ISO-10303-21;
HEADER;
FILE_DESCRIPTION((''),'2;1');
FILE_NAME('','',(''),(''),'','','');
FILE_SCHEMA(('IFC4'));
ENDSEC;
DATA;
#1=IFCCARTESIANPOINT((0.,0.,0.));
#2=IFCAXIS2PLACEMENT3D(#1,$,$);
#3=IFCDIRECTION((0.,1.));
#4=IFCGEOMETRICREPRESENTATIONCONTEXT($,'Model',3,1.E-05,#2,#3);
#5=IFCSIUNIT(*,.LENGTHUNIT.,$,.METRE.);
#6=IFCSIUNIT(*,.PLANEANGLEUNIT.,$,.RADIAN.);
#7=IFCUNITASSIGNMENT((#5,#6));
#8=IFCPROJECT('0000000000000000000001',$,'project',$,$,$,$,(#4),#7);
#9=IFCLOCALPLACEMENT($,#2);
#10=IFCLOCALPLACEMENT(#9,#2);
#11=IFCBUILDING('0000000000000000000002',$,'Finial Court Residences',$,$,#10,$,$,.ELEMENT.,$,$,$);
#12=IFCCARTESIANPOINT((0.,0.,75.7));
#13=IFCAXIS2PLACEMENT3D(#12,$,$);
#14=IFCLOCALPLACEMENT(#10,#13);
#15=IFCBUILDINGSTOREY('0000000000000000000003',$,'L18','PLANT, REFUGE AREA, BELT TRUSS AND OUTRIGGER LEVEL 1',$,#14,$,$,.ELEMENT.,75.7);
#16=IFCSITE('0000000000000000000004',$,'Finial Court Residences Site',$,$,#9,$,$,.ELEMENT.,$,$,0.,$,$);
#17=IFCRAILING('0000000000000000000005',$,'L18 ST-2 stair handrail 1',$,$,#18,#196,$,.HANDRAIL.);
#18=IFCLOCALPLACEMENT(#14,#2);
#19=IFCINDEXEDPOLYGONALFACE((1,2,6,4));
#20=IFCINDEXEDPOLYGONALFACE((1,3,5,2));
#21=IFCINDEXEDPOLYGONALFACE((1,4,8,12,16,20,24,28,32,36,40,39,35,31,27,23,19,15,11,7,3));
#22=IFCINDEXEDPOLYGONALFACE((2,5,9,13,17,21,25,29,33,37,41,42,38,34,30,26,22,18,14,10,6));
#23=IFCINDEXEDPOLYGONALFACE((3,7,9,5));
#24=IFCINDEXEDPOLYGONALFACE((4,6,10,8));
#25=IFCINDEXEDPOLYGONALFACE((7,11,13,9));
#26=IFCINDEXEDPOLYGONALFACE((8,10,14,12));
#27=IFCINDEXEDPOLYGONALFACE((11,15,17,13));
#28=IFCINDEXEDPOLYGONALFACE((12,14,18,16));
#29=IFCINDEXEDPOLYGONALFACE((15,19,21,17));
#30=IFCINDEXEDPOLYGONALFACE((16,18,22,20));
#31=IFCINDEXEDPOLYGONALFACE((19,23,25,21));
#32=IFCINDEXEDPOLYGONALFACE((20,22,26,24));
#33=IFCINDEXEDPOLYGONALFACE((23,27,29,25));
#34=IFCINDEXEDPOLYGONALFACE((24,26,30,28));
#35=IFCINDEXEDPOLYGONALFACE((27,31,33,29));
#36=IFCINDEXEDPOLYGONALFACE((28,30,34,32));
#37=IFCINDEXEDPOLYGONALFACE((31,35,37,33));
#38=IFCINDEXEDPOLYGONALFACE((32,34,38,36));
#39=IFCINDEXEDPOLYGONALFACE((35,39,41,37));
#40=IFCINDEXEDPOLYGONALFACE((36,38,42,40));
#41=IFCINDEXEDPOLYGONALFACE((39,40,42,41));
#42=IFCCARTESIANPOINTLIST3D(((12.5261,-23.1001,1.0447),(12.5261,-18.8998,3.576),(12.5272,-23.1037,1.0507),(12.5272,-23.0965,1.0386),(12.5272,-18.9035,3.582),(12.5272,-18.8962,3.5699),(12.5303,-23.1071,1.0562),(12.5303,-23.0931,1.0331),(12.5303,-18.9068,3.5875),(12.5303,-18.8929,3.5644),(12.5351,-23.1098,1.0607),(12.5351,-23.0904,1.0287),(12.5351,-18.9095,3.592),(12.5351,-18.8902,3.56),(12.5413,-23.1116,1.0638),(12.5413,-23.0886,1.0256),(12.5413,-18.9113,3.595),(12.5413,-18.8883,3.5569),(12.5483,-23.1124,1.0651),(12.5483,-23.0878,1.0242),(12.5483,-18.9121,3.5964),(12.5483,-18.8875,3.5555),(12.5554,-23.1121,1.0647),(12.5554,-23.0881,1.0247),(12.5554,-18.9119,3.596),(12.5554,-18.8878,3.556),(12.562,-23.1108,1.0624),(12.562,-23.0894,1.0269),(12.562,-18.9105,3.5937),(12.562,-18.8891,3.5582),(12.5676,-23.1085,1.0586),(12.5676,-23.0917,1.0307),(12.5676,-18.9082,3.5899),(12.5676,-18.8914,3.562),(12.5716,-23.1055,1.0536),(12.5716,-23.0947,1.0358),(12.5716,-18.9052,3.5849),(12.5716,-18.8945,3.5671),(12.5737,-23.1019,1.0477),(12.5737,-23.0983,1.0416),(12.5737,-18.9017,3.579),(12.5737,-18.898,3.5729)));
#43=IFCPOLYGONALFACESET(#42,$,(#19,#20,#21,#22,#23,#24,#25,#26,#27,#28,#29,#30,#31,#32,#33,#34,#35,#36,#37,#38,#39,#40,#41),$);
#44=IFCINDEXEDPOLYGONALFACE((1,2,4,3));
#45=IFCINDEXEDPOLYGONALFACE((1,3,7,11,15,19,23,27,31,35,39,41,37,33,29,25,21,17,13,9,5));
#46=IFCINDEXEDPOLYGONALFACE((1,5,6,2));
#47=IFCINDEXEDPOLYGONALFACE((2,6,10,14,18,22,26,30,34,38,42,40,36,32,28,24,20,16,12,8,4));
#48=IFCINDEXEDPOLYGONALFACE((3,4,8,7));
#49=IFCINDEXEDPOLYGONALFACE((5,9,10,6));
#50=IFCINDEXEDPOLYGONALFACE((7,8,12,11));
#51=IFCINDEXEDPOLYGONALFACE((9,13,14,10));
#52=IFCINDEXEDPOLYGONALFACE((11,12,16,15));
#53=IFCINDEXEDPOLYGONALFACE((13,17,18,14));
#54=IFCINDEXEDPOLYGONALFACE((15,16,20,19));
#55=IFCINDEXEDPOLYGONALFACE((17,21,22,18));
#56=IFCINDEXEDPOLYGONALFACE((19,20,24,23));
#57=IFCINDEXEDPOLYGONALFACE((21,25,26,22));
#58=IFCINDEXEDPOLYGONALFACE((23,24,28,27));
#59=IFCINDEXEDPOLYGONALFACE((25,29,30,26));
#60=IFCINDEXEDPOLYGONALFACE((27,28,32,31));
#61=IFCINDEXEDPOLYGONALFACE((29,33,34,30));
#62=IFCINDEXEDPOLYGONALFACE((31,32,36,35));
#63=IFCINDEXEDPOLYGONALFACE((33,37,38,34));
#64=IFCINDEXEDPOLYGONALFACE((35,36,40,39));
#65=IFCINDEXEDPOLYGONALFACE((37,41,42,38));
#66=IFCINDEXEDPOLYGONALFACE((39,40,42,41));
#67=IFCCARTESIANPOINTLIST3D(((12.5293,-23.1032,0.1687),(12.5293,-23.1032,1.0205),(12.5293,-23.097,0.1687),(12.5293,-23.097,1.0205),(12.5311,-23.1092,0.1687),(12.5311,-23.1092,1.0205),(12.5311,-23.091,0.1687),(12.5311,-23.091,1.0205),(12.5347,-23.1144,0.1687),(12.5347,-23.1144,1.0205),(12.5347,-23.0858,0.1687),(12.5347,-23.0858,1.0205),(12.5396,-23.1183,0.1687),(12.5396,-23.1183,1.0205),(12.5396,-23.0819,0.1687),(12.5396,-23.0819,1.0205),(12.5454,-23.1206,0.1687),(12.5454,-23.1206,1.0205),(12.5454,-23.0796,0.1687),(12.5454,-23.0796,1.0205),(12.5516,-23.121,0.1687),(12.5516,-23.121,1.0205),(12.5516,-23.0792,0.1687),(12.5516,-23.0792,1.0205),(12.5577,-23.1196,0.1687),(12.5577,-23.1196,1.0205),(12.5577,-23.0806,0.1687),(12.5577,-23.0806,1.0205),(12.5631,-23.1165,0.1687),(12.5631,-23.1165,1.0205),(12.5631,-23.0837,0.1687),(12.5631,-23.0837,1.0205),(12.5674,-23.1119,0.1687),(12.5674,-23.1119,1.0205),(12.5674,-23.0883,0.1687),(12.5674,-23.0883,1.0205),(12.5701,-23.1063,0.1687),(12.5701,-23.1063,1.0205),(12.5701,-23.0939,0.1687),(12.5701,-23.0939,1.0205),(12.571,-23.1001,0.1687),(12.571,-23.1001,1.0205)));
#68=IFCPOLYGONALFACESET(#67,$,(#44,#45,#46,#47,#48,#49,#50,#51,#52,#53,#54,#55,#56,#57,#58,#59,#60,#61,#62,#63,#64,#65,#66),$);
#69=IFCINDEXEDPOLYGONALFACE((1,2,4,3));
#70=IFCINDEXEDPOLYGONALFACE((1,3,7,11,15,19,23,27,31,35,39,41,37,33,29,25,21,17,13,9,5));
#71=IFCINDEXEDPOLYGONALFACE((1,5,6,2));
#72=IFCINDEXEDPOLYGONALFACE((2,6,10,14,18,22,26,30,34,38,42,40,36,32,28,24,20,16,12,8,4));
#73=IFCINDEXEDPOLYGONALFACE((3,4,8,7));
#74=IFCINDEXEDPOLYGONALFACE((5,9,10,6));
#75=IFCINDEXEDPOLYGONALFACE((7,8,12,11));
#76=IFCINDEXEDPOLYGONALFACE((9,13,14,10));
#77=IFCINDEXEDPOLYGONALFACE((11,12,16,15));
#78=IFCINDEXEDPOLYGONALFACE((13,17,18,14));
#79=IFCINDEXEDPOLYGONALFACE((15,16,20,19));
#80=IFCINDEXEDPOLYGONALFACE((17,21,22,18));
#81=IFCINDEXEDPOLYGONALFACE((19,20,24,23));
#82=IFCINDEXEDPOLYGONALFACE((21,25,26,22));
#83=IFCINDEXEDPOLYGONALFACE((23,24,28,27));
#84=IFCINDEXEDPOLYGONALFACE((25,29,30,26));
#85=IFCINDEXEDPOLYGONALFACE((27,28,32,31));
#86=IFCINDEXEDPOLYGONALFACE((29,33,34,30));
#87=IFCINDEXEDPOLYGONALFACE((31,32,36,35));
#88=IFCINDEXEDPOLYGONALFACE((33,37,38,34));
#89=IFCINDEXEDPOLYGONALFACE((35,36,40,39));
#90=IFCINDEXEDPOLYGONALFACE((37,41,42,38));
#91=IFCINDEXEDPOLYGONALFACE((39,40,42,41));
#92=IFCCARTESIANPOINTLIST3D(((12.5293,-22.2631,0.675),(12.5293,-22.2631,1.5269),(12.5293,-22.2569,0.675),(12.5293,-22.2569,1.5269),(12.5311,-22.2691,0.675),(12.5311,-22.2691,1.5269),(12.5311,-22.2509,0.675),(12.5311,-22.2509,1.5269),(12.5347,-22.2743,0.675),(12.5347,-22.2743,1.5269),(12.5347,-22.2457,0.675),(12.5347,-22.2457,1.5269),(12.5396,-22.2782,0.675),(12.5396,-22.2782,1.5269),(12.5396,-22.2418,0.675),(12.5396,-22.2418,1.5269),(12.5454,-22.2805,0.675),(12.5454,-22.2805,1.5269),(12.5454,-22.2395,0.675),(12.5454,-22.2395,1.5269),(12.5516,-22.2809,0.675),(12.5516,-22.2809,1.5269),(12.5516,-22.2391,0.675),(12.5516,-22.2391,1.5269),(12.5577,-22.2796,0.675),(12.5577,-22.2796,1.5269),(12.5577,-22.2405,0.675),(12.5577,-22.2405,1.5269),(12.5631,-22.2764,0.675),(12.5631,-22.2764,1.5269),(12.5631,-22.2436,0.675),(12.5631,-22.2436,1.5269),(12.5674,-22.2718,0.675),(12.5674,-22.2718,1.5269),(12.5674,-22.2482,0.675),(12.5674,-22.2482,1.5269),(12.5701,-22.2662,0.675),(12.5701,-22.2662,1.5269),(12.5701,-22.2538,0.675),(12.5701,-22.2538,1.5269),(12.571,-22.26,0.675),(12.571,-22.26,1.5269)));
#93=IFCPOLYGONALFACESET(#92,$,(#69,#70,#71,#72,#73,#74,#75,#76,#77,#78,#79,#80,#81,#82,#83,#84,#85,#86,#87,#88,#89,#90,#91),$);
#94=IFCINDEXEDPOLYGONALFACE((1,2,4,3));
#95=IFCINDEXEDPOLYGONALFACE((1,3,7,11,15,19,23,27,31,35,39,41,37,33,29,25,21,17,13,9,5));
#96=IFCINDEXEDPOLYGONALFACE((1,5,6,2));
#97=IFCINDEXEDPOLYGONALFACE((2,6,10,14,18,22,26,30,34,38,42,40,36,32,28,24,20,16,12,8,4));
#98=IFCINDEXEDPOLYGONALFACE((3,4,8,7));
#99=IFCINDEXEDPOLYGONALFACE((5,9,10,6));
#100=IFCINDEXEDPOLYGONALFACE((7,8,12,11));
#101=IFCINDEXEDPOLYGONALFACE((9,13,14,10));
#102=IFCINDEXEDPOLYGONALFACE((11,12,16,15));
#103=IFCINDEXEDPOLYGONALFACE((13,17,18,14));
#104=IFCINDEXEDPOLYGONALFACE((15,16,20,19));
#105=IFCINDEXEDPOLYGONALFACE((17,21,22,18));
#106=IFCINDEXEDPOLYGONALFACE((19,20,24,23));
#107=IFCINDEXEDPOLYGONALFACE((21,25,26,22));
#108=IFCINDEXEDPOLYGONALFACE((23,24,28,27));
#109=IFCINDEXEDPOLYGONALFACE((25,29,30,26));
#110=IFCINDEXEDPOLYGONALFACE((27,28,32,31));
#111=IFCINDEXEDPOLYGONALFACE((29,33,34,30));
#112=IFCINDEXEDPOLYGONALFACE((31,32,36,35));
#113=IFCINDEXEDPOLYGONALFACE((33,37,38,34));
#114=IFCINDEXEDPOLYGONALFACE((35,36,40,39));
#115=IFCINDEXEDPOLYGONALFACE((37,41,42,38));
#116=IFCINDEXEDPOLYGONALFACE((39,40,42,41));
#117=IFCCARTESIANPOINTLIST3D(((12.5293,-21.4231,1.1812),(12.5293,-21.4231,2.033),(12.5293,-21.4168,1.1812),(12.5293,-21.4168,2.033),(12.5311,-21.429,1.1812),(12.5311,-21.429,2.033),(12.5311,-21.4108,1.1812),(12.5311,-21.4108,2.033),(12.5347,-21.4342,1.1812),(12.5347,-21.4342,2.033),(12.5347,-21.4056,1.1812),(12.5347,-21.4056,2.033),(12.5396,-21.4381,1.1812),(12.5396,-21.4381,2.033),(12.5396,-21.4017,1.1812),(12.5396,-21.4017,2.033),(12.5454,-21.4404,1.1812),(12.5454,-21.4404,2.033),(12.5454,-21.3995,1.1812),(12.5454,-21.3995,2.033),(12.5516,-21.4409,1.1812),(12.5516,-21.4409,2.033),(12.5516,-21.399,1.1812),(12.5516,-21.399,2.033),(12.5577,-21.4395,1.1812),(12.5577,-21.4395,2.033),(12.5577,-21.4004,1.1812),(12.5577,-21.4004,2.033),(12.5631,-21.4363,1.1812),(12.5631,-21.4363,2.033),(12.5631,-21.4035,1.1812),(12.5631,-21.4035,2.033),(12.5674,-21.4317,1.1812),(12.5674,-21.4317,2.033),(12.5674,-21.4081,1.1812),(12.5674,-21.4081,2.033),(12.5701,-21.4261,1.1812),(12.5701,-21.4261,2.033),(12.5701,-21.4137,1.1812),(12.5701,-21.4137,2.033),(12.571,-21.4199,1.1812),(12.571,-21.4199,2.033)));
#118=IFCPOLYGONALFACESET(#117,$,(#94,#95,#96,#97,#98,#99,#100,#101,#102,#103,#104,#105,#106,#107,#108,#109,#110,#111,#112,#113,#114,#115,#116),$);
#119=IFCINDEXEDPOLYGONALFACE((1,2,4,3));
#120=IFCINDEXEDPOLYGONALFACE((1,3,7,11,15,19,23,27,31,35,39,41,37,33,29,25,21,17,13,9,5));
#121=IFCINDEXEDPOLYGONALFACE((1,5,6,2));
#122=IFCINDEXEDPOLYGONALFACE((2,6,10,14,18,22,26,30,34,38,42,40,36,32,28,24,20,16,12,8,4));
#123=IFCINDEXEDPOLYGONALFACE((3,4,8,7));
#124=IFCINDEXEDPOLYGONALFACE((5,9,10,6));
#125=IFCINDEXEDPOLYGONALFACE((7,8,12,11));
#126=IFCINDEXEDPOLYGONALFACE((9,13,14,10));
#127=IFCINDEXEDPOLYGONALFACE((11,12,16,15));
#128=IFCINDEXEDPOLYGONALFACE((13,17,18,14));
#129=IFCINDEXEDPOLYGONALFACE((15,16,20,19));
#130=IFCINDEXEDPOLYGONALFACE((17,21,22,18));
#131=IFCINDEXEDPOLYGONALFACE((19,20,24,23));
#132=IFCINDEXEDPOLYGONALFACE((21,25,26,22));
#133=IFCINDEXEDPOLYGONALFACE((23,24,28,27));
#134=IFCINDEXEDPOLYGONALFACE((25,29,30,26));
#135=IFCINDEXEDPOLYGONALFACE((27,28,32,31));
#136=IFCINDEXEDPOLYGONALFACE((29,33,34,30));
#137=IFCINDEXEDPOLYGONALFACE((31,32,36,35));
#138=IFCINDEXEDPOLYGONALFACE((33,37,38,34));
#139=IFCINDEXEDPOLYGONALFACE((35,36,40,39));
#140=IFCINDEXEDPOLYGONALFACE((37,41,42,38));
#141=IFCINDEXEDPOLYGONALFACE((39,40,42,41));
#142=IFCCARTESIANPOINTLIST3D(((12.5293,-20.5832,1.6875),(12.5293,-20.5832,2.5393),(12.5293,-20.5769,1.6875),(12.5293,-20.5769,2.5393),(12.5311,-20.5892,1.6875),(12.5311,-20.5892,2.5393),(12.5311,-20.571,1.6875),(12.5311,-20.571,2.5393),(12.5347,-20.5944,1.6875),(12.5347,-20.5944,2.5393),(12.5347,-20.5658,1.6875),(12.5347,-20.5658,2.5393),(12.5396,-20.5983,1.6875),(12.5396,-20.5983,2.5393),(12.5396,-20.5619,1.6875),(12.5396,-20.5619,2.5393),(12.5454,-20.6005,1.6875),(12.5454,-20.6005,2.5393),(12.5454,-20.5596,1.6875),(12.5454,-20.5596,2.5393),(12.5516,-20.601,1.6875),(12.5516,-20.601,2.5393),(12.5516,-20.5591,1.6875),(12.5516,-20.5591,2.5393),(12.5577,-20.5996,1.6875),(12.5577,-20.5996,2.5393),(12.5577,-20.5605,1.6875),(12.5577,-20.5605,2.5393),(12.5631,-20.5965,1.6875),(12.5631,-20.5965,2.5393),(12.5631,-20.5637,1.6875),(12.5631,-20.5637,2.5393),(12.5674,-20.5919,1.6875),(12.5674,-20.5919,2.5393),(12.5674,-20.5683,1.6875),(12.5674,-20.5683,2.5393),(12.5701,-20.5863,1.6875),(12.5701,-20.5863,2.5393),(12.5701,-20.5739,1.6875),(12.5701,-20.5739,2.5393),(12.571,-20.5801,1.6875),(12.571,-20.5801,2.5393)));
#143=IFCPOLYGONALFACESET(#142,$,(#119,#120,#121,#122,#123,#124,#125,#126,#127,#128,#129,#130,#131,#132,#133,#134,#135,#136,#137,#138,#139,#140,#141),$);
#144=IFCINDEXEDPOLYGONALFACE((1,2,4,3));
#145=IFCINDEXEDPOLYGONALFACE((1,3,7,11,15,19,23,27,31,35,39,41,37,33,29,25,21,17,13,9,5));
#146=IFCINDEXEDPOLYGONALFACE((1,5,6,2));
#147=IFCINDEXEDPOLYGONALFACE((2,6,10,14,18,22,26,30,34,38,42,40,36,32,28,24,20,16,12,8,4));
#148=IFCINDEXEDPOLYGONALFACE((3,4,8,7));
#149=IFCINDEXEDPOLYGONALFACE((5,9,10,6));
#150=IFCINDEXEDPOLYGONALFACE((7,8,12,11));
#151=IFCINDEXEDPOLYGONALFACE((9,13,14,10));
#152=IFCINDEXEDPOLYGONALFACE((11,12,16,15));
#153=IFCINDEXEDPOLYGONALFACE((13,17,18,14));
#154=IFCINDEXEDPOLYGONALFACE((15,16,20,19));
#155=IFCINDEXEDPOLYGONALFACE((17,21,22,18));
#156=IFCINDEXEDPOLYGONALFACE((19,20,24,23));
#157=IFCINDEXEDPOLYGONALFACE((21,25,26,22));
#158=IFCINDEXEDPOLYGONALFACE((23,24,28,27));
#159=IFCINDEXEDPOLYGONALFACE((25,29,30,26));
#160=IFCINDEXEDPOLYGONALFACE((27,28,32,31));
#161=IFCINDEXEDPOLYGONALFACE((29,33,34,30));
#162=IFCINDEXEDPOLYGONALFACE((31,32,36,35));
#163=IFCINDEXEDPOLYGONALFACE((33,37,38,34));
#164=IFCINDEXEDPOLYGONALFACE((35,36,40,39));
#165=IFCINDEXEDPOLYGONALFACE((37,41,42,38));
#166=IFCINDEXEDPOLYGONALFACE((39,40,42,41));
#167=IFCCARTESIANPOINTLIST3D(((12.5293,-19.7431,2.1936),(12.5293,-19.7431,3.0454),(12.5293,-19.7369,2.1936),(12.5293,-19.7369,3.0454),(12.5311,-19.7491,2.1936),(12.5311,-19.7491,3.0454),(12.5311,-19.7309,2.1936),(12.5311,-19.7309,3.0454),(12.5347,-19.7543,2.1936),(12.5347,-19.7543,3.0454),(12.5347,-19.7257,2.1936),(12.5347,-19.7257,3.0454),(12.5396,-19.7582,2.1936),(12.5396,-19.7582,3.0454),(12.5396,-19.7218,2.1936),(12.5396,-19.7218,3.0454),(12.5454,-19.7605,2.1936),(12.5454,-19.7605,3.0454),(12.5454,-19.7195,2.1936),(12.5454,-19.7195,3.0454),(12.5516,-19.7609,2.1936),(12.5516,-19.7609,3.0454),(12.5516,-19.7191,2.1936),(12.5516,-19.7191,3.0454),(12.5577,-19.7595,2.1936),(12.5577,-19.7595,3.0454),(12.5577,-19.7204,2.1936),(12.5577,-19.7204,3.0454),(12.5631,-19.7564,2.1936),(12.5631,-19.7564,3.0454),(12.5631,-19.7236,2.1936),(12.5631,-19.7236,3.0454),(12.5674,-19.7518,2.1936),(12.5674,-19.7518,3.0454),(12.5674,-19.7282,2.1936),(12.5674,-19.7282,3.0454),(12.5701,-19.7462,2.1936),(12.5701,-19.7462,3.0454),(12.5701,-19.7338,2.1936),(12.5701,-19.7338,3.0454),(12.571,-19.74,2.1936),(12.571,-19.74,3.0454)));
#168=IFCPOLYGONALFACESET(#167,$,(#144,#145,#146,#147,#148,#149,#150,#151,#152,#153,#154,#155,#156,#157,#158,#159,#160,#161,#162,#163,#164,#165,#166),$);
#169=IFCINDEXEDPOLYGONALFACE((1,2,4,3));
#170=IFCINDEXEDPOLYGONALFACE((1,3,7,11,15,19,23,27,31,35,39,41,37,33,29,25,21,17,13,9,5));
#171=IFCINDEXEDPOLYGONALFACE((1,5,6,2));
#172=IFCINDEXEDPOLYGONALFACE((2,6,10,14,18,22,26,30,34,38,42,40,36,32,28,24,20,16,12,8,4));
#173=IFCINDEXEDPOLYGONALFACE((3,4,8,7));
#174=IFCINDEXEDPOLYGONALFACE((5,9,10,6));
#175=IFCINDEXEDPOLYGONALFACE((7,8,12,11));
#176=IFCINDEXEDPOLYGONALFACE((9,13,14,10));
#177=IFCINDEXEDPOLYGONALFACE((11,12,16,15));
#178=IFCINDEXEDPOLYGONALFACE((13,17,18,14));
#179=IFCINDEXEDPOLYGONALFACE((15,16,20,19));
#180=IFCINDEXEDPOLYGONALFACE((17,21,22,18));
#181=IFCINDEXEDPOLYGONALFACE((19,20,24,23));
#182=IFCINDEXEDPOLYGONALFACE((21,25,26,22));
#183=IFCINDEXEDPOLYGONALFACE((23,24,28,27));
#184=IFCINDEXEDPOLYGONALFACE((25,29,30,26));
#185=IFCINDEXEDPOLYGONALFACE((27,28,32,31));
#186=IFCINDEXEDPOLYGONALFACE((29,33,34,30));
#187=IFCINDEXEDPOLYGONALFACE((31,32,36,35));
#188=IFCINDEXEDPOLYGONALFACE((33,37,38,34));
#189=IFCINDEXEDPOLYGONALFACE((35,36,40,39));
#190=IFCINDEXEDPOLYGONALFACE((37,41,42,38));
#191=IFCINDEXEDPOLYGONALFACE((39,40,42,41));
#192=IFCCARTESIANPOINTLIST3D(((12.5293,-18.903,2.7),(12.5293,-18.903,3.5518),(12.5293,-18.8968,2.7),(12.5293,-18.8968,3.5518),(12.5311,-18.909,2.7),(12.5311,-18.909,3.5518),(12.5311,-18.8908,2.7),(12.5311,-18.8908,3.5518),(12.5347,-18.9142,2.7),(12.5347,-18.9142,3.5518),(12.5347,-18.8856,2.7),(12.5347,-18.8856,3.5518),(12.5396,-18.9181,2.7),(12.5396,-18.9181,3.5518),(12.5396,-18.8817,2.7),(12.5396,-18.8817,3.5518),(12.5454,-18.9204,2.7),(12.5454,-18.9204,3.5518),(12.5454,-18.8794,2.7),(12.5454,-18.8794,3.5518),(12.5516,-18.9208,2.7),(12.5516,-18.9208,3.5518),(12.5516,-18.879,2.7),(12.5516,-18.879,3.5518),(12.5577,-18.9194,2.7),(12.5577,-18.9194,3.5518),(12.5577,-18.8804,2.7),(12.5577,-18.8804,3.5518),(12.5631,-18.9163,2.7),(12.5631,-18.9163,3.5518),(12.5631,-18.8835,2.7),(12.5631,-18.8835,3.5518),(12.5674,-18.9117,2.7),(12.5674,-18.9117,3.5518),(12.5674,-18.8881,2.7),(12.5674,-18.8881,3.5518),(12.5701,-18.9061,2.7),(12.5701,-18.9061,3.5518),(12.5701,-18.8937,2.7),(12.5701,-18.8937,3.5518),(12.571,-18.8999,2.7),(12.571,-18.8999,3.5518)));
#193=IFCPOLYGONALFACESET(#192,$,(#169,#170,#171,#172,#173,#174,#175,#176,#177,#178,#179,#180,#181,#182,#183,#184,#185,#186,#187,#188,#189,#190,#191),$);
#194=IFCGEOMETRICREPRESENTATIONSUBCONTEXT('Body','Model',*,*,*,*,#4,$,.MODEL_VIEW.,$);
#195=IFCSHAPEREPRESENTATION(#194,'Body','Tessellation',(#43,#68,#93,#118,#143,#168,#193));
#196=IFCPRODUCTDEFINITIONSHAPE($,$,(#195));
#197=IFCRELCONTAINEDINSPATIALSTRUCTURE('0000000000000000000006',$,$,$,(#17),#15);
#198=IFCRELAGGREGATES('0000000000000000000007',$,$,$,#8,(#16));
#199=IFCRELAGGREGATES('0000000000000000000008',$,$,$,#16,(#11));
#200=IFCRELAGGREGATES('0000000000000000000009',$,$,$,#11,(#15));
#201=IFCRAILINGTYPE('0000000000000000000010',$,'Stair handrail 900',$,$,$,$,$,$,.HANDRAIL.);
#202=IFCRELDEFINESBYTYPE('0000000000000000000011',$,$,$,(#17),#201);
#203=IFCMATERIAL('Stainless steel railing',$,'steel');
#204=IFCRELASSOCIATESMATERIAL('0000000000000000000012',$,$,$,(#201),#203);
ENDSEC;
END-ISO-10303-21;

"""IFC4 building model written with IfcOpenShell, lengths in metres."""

from ifc_helpers import new_model, si_unit, direction, frame, origin, origin_2d, place, context, subcontext, project, spatial, circle, extrude, material, type_object, element, save


model = new_model("IFC4")

# Units and contexts
model_context = context("Model", 3, precision=1e-05, world=origin(), true_north=direction((0.0, 1.0)))
body_context = subcontext(model_context, "Body", "Model", "MODEL_VIEW")
ifc_project = project(units=[si_unit("LENGTHUNIT", "METRE"), si_unit("PLANEANGLEUNIT", "RADIAN")], contexts=[model_context])

# Site, building, storey
site_placement = place(None, origin())
site = spatial("IfcSite", under=ifc_project, at=site_placement, Name="Finial Court Residences Site", CompositionType="ELEMENT", RefElevation=0.0)
building_placement = place(site_placement, origin())
building = spatial("IfcBuilding", under=site, at=building_placement, Name="Finial Court Residences", CompositionType="ELEMENT")
storey_placement = place(building_placement, frame((0.0, 0.0, 75.7)))
storey = spatial("IfcBuildingStorey", under=building, at=storey_placement, Name="L18", Description="PLANT, REFUGE AREA, BELT TRUSS AND OUTRIGGER LEVEL 1", CompositionType="ELEMENT", Elevation=75.7)

# Railing
ifc_material_1 = material(Name="Stainless steel railing", Category="steel")
railing_type_1 = type_object("IfcRailingType", Name="Stair handrail 900", PredefinedType="HANDRAIL", material=ifc_material_1)
railing_1_placement = place(storey_placement, frame((12.55, -23.1001, 0.1687)))
element("IfcRailing", 1, at=railing_1_placement, inside=storey, type_object=railing_type_1, Name="L18 ST-2 stair handrail 1", PredefinedType="HANDRAIL", context=body_context, shape_type="SweptSolid", body=[
    extrude(circle(Radius=0.0239, at=origin_2d()), frame((0.0, 0.0, 0.876), z_axis=(0.0, 0.85649, 0.516164), x_axis=(-1.0, 0.0, 0.0)), (0.0, 0.0, 1.0), 4.9041),
    extrude(circle(Radius=0.021, at=origin_2d()), origin(), (0.0, 0.0, 1.0), 0.8518),
    extrude(circle(Radius=0.021, at=origin_2d()), frame((0.0, 0.8401, 0.5063)), (0.0, 0.0, 1.0), 0.8518),
    extrude(circle(Radius=0.021, at=origin_2d()), frame((0.0, 1.6802, 1.0125)), (0.0, 0.0, 1.0), 0.8518),
    extrude(circle(Radius=0.021, at=origin_2d()), frame((0.0, 2.52, 1.5188)), (0.0, 0.0, 1.0), 0.8518),
    extrude(circle(Radius=0.021, at=origin_2d()), frame((0.0, 3.3601, 2.0249)), (0.0, 0.0, 1.0), 0.8518),
    extrude(circle(Radius=0.021, at=origin_2d()), frame((0.0, 4.2002, 2.5312)), (0.0, 0.0, 1.0), 0.8518),
])

save(model, "model.ifc")
